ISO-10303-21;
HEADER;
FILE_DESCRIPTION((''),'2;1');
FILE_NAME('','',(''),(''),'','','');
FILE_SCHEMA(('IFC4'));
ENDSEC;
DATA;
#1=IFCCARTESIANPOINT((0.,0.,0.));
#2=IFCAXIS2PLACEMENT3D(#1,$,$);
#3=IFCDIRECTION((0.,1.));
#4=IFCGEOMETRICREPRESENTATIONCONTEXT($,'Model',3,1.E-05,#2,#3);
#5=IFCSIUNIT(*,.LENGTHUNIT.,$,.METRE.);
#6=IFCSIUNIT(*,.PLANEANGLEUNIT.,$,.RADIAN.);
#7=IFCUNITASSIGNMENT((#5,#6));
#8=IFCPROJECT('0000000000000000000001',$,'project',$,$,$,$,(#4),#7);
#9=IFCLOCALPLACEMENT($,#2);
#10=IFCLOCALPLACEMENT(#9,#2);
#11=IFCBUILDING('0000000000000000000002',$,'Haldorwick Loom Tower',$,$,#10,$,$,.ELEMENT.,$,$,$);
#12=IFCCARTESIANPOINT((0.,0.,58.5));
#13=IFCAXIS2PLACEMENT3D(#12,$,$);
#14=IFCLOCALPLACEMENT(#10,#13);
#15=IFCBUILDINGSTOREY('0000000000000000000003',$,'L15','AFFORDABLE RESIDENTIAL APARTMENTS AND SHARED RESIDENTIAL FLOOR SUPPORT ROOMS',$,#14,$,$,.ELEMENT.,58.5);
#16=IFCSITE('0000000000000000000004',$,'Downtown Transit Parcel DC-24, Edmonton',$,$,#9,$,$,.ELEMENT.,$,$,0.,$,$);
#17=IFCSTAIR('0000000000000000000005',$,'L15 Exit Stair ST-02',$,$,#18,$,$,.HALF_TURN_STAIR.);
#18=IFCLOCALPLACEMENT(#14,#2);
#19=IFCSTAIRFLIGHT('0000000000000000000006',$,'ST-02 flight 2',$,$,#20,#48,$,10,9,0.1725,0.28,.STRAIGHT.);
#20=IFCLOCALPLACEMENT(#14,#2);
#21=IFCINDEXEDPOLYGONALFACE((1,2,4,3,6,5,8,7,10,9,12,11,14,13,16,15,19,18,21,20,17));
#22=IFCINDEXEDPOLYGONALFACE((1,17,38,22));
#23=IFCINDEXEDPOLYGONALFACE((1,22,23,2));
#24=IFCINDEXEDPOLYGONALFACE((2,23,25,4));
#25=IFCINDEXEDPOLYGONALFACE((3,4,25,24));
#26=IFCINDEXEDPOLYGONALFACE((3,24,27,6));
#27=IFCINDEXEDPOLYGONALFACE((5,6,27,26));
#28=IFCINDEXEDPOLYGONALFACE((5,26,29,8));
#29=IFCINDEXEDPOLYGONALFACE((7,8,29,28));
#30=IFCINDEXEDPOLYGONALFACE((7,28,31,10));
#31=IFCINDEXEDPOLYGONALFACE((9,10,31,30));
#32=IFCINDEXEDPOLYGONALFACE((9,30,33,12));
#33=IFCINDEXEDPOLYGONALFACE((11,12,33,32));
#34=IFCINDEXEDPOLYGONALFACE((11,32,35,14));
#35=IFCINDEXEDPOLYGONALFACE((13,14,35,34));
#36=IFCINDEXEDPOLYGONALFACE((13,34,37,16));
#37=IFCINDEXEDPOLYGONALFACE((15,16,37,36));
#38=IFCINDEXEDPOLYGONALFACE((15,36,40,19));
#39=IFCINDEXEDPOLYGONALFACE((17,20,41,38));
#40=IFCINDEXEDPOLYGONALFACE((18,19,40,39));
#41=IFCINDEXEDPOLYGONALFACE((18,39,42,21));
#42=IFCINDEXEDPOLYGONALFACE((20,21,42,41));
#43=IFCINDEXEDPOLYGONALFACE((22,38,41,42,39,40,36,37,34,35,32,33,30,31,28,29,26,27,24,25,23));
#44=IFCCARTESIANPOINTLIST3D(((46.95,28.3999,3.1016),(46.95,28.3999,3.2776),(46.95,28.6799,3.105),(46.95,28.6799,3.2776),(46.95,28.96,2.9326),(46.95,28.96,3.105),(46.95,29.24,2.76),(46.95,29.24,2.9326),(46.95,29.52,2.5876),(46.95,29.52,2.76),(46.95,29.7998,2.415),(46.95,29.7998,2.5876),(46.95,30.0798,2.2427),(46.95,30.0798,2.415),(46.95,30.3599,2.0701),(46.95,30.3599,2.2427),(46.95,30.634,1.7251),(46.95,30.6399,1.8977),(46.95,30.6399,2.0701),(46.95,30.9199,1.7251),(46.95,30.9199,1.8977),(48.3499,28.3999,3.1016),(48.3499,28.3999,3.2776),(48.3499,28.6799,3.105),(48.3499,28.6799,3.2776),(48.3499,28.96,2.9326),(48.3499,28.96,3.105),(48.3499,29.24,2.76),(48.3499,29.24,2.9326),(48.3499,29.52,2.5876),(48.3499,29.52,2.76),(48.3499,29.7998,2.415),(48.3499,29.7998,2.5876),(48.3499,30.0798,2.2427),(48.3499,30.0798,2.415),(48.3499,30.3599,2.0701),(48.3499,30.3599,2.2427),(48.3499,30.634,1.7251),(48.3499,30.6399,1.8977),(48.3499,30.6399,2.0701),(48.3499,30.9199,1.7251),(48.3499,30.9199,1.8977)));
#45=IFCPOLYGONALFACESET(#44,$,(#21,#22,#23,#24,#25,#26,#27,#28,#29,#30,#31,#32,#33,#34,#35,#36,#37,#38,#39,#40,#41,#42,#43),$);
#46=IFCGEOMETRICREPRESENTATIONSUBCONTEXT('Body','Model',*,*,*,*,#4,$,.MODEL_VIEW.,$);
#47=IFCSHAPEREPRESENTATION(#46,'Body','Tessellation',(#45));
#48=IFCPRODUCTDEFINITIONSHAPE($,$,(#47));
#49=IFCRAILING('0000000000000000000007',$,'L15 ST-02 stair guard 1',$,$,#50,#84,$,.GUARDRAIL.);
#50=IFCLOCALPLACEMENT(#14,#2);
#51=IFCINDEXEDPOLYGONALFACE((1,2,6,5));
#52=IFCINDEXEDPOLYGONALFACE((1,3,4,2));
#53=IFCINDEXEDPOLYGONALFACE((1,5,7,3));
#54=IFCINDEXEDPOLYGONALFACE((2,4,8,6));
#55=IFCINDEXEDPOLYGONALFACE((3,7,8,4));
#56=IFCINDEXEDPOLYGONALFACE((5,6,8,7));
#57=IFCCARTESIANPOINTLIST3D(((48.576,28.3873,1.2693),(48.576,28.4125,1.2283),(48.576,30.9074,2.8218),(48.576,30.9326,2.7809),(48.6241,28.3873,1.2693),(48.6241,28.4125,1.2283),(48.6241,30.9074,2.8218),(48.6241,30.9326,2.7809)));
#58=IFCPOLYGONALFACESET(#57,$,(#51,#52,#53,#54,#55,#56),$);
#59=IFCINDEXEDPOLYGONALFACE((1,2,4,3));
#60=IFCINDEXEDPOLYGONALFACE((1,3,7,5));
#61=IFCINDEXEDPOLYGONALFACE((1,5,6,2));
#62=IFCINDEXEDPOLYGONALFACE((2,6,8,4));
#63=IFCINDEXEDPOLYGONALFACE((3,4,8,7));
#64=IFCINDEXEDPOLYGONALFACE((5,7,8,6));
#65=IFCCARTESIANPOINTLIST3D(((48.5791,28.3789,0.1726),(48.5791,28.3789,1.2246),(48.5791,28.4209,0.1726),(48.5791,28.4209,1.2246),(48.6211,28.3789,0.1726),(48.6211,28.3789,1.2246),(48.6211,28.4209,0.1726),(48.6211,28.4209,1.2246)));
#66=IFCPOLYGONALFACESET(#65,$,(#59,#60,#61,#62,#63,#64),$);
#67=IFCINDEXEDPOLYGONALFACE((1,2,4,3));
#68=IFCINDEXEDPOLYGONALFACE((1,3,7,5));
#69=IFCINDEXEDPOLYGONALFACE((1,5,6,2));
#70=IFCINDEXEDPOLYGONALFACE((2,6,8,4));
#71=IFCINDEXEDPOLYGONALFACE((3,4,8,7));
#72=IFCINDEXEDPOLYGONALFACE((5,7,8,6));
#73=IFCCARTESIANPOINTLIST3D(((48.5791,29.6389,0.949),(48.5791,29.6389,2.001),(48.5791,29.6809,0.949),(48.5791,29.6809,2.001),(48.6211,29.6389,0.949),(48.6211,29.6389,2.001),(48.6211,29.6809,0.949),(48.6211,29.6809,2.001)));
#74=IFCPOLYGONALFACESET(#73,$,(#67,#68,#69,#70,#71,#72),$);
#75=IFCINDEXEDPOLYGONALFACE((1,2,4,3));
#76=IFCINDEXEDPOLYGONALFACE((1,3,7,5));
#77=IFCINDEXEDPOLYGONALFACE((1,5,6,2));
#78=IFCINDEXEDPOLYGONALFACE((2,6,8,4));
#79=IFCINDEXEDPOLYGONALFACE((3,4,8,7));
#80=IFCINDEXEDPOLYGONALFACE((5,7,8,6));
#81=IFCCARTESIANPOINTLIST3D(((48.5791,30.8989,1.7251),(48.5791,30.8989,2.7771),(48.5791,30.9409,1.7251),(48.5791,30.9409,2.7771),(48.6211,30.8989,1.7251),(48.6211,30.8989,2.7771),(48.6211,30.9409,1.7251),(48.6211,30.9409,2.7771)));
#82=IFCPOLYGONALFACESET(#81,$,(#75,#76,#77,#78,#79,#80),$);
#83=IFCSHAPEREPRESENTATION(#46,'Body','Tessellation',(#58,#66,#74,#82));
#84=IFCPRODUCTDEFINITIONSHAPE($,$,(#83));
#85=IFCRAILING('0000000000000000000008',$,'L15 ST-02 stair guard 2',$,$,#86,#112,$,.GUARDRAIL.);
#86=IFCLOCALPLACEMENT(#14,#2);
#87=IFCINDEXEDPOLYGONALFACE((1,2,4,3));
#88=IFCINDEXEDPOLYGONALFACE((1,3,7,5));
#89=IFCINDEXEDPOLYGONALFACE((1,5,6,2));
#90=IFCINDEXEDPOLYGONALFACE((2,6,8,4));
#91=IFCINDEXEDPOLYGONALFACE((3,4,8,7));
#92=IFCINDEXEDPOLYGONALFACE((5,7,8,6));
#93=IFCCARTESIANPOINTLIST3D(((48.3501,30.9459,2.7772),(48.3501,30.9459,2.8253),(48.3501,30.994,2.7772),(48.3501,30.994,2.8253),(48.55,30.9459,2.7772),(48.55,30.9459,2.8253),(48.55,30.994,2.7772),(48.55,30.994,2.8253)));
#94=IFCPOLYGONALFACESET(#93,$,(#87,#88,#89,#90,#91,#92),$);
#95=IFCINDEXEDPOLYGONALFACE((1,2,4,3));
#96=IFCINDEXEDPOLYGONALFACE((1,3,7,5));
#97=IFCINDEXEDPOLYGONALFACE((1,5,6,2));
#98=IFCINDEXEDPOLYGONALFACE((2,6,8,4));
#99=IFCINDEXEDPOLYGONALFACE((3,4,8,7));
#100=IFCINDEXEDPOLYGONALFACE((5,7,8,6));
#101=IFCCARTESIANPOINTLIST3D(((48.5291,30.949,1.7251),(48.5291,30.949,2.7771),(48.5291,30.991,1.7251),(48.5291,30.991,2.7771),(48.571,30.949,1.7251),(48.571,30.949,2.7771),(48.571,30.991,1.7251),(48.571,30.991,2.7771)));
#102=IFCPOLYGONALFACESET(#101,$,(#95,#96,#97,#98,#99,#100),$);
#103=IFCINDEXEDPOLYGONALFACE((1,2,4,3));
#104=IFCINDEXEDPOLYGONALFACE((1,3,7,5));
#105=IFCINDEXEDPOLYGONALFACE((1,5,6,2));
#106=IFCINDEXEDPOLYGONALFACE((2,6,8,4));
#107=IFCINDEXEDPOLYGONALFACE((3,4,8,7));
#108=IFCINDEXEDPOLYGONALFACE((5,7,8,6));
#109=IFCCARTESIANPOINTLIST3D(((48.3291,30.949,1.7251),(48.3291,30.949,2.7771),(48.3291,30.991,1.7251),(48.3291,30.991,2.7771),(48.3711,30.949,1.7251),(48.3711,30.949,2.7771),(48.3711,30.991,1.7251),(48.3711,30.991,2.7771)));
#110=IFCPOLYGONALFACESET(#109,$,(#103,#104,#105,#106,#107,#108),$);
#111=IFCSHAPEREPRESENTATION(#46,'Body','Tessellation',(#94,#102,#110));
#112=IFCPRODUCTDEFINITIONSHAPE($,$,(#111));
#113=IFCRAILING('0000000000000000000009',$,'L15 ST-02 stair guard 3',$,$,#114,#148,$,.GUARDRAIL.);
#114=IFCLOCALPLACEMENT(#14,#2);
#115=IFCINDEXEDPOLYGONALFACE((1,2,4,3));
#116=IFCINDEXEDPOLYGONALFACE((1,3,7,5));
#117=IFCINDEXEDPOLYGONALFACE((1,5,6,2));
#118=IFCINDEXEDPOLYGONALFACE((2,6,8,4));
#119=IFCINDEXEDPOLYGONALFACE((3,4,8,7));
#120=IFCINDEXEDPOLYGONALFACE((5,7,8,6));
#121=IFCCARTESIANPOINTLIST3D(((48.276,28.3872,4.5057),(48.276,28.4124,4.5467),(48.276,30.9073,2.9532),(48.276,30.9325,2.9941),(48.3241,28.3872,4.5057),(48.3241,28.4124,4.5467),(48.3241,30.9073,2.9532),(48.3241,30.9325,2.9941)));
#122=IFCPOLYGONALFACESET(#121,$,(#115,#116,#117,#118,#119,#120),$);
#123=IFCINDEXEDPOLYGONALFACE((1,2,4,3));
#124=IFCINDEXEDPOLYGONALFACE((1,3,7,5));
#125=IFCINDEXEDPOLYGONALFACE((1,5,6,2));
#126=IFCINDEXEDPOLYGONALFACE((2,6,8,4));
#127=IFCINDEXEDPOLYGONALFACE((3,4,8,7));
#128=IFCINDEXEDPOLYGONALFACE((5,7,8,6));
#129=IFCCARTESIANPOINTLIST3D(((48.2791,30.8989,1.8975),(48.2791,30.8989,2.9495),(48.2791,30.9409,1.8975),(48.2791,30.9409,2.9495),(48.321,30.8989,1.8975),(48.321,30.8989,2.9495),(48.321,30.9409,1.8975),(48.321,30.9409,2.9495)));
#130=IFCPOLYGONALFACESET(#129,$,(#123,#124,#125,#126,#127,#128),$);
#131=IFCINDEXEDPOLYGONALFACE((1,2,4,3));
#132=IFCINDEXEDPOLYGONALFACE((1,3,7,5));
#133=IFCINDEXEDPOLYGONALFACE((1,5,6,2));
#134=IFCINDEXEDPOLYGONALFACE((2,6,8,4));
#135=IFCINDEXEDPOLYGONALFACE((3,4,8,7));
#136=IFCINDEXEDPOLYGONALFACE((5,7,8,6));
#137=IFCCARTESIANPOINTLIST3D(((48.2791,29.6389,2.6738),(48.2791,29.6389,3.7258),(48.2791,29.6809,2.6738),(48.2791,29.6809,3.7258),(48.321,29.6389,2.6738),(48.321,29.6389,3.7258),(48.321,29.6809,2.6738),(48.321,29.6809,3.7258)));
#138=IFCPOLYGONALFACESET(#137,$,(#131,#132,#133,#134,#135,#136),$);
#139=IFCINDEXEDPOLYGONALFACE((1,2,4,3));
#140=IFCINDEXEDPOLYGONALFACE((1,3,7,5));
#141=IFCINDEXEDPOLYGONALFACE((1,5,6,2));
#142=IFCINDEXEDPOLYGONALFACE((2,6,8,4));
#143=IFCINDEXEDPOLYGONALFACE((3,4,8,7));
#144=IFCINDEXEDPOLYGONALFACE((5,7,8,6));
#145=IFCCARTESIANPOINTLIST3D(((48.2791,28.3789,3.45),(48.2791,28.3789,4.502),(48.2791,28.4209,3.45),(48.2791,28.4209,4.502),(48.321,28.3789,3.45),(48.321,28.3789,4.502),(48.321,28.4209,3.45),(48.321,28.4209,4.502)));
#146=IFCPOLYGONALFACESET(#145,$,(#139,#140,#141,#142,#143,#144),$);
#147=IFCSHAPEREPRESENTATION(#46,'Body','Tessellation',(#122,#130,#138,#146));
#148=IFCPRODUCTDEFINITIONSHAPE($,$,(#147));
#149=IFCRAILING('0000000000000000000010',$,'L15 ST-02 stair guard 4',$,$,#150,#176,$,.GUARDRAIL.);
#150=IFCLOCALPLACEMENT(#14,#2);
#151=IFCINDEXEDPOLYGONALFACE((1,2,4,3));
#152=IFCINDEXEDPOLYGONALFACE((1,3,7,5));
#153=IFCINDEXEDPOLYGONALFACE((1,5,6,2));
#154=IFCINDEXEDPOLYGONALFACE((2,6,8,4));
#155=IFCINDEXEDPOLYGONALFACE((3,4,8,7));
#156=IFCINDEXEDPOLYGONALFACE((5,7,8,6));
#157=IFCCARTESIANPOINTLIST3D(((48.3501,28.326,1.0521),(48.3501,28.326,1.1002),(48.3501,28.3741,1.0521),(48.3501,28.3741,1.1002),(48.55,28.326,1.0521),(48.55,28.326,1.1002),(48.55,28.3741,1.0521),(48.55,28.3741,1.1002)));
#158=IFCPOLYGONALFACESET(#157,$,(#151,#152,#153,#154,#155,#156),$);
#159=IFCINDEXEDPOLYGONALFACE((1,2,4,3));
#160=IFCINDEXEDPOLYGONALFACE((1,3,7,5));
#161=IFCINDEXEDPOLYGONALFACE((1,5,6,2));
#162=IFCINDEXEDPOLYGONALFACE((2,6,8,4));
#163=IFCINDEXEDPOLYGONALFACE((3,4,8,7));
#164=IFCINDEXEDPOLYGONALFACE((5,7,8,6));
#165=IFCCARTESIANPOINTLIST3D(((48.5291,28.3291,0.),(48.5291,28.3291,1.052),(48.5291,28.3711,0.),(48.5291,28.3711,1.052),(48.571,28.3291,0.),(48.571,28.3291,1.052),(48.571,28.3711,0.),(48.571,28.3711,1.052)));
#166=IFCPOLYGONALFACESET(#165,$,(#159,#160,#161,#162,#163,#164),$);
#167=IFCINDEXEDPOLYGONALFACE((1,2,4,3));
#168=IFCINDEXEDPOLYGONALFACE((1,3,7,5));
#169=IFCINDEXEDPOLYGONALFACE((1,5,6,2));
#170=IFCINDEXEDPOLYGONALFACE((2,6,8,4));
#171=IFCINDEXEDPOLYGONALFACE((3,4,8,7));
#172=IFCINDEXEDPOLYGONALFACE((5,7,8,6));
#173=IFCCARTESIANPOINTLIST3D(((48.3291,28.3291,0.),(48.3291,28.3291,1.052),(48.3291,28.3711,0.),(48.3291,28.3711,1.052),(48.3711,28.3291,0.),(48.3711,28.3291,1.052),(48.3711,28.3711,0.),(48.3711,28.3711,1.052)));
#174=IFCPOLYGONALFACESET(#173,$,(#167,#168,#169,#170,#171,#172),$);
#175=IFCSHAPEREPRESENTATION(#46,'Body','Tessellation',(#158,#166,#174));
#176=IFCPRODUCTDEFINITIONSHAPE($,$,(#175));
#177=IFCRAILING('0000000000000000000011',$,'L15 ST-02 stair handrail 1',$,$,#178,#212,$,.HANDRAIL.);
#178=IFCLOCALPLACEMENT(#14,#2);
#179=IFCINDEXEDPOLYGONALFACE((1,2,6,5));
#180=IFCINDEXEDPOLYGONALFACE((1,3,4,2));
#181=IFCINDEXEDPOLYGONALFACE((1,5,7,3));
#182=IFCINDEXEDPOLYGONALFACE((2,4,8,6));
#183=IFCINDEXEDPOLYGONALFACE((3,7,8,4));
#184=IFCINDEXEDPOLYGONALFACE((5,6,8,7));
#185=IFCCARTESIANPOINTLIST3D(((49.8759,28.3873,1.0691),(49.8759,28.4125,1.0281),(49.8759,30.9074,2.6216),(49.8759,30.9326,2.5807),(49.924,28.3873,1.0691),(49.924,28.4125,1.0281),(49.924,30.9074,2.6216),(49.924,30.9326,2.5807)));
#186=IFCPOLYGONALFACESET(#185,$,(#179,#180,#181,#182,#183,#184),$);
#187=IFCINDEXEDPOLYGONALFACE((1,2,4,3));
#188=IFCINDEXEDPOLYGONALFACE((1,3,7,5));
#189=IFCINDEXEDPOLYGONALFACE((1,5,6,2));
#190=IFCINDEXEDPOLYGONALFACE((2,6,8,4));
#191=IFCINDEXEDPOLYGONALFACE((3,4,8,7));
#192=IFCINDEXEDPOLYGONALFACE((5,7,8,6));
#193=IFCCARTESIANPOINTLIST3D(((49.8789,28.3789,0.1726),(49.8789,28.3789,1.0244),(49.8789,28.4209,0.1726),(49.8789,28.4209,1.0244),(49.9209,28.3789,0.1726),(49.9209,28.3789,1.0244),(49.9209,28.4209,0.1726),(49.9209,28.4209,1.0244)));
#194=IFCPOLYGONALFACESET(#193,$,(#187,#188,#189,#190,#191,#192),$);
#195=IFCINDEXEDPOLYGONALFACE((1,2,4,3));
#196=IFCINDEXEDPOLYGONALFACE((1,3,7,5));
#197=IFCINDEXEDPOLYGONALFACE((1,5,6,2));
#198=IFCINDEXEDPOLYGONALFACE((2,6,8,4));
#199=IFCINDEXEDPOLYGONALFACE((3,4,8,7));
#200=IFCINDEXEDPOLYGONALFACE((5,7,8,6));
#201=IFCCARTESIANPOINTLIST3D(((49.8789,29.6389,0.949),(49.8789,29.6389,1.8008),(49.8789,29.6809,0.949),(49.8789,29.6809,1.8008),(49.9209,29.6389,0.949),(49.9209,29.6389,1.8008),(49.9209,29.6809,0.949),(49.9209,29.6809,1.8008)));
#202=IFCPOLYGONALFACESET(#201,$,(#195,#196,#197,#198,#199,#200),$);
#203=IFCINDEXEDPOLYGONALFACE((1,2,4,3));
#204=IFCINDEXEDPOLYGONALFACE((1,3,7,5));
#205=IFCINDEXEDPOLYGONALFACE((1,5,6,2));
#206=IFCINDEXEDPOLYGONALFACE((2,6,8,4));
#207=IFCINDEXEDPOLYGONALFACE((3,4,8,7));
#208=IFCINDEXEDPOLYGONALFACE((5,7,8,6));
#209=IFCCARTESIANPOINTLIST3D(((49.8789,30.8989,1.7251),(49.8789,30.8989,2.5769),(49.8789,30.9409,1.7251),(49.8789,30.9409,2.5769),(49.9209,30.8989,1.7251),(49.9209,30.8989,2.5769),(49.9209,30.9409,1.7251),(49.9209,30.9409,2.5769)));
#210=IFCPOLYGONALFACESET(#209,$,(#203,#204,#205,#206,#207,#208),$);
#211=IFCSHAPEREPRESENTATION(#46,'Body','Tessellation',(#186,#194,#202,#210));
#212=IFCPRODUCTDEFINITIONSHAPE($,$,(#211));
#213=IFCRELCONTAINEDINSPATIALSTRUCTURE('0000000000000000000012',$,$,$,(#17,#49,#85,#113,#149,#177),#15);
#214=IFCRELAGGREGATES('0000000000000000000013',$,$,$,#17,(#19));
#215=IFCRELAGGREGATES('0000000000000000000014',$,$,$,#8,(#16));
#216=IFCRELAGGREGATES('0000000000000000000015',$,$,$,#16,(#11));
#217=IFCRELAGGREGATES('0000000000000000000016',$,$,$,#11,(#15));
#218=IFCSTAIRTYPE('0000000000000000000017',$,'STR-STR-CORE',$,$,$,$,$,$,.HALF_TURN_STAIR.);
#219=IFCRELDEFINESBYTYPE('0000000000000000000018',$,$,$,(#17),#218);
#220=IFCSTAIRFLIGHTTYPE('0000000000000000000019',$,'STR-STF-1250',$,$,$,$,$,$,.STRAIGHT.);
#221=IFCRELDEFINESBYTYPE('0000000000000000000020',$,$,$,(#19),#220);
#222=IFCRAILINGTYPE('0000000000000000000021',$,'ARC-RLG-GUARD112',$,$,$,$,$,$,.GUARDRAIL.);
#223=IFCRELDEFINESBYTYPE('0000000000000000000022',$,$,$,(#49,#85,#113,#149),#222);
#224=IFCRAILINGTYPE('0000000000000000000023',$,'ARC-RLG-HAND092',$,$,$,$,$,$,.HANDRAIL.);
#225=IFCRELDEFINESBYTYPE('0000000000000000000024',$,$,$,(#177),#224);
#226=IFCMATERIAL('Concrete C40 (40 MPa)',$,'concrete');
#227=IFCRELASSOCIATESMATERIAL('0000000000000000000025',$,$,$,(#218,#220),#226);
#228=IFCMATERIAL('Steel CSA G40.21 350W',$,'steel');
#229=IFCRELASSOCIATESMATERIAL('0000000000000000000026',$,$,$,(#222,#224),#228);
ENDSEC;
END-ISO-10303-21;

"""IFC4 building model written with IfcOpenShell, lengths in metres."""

from ifc_helpers import new_model, si_unit, direction, frame, origin, origin_2d, place, context, subcontext, project, spatial, polyline, rectangle, outline, extrude, material, type_object, element, aggregate, save


model = new_model("IFC4")

# Units and contexts
model_context = context("Model", 3, precision=1e-05, world=origin(), true_north=direction((0.0, 1.0)))
body_context = subcontext(model_context, "Body", "Model", "MODEL_VIEW")
ifc_project = project(units=[si_unit("LENGTHUNIT", "METRE"), si_unit("PLANEANGLEUNIT", "RADIAN")], contexts=[model_context])

# Site, building, storey
site_placement = place(None, origin())
site = spatial("IfcSite", under=ifc_project, at=site_placement, Name="Downtown Transit Parcel DC-24, Edmonton", CompositionType="ELEMENT", RefElevation=0.0)
building_placement = place(site_placement, origin())
building = spatial("IfcBuilding", under=site, at=building_placement, Name="Haldorwick Loom Tower", CompositionType="ELEMENT")
storey_placement = place(building_placement, frame((0.0, 0.0, 58.5)))
storey = spatial("IfcBuildingStorey", under=building, at=storey_placement, Name="L15", Description="AFFORDABLE RESIDENTIAL APARTMENTS AND SHARED RESIDENTIAL FLOOR SUPPORT ROOMS", CompositionType="ELEMENT", Elevation=58.5)

# Shared definitions
ifc_material_1 = material(Name="Steel CSA G40.21 350W", Category="steel")

# Stair, stair flight
ifc_material_2 = material(Name="Concrete C40 (40 MPa)", Category="concrete")
stair_type = type_object("IfcStairType", Name="STR-STR-CORE", PredefinedType="HALF_TURN_STAIR", material=ifc_material_2)
stair_placement = place(storey_placement, origin())
stair = element("IfcStair", 1, at=stair_placement, inside=storey, type_object=stair_type, Name="L15 Exit Stair ST-02", PredefinedType="HALF_TURN_STAIR")
stair_flight_type = type_object("IfcStairFlightType", Name="STR-STF-1250", PredefinedType="STRAIGHT", material=ifc_material_2)
stair_flight_1_placement = place(storey_placement, frame((47.6499, 30.9199, 1.7251), z_axis=(0.0, 0.0, 1.0), x_axis=(0.0, -1.0, 0.0)))
stair_flight_1 = element("IfcStairFlight", 2, at=stair_flight_1_placement, type_object=stair_flight_type, Name="ST-02 flight 2", NumberOfRisers=10, NumberOfTreads=9, PredefinedType="STRAIGHT", RiserHeight=0.1725, TreadLength=0.28, context=body_context, shape_type="SweptSolid", body=[
    extrude(outline(polyline([(0.0, 0.0), (0.0, 0.1726), (0.28, 0.1726), (0.28, 0.345), (0.5601, 0.345), (0.5601, 0.5176), (0.8401, 0.5176), (0.8401, 0.6899), (1.1201, 0.6899), (1.1201, 0.8625), (1.3999, 0.8625), (1.3999, 1.0349), (1.6799, 1.0349), (1.6799, 1.2075), (1.96, 1.2075), (1.96, 1.3799), (2.24, 1.3799), (2.24, 1.5525), (2.52, 1.5525), (2.52, 1.7251), (2.52, 1.3765), (0.2859, 0.0), (0.0, 0.0)])), frame((0.0, 0.7, 0.0), z_axis=(0.0, -1.0, 0.0), x_axis=(1.0, 0.0, 0.0)), (0.0, 0.0, 1.0), 1.3999),
])
aggregate(stair, [stair_flight_1])

# Railings
railing_type_1 = type_object("IfcRailingType", Name="ARC-RLG-GUARD112", PredefinedType="GUARDRAIL", material=ifc_material_1)
railing_1_placement = place(storey_placement, frame((48.6001, 28.3999, 0.1726)))
element("IfcRailing", 3, at=railing_1_placement, inside=storey, type_object=railing_type_1, Name="L15 ST-02 stair guard 1", PredefinedType="GUARDRAIL", context=body_context, shape_type="SweptSolid", body=[
    extrude(rectangle(XDim=0.0481, YDim=0.0481, at=origin_2d()), frame((0.0, 0.0, 1.0762), z_axis=(0.0, 0.8514, 0.524516), x_axis=(-1.0, 0.0, 0.0)), (0.0, 0.0, 1.0), 2.96),
    extrude(rectangle(XDim=0.042, YDim=0.042, at=origin_2d()), origin(), (0.0, 0.0, 1.0), 1.052),
    extrude(rectangle(XDim=0.042, YDim=0.042, at=origin_2d()), frame((0.0, 1.26, 0.7764)), (0.0, 0.0, 1.0), 1.052),
    extrude(rectangle(XDim=0.042, YDim=0.042, at=origin_2d()), frame((0.0, 2.52, 1.5525)), (0.0, 0.0, 1.0), 1.052),
])
railing_2_placement = place(storey_placement, frame((48.55, 30.97, 1.7251)))
element("IfcRailing", 4, at=railing_2_placement, inside=storey, type_object=railing_type_1, Name="L15 ST-02 stair guard 2", PredefinedType="GUARDRAIL", context=body_context, shape_type="SweptSolid", body=[
    extrude(rectangle(XDim=0.0481, YDim=0.0481, at=origin_2d()), frame((0.0, 0.0, 1.0762), z_axis=(-1.0, 0.0, 0.0), x_axis=(0.0, -1.0, 0.0)), (0.0, 0.0, 1.0), 0.2),
    extrude(rectangle(XDim=0.042, YDim=0.042, at=origin_2d()), origin(), (0.0, 0.0, 1.0), 1.052),
    extrude(rectangle(XDim=0.042, YDim=0.042, at=origin_2d()), frame((-0.2, 0.0, 0.0)), (0.0, 0.0, 1.0), 1.052),
])
railing_3_placement = place(storey_placement, frame((48.3, 30.9199, 1.8975)))
element("IfcRailing", 5, at=railing_3_placement, inside=storey, type_object=railing_type_1, Name="L15 ST-02 stair guard 3", PredefinedType="GUARDRAIL", context=body_context, shape_type="SweptSolid", body=[
    extrude(rectangle(XDim=0.0481, YDim=0.0481, at=origin_2d()), frame((0.0, 0.0, 1.0762), z_axis=(0.0, -0.8514, 0.524516), x_axis=(1.0, 0.0, 0.0)), (0.0, 0.0, 1.0), 2.96),
    extrude(rectangle(XDim=0.042, YDim=0.042, at=origin_2d()), origin(), (0.0, 0.0, 1.0), 1.052),
    extrude(rectangle(XDim=0.042, YDim=0.042, at=origin_2d()), frame((0.0, -1.26, 0.7764)), (0.0, 0.0, 1.0), 1.052),
    extrude(rectangle(XDim=0.042, YDim=0.042, at=origin_2d()), frame((0.0, -2.52, 1.5525)), (0.0, 0.0, 1.0), 1.052),
])
railing_4_placement = place(storey_placement, frame((48.55, 28.3501, 0.0)))
element("IfcRailing", 6, at=railing_4_placement, inside=storey, type_object=railing_type_1, Name="L15 ST-02 stair guard 4", PredefinedType="GUARDRAIL", context=body_context, shape_type="SweptSolid", body=[
    extrude(rectangle(XDim=0.0481, YDim=0.0481, at=origin_2d()), frame((0.0, 0.0, 1.0762), z_axis=(-1.0, 0.0, 0.0), x_axis=(0.0, -1.0, 0.0)), (0.0, 0.0, 1.0), 0.2),
    extrude(rectangle(XDim=0.042, YDim=0.042, at=origin_2d()), origin(), (0.0, 0.0, 1.0), 1.052),
    extrude(rectangle(XDim=0.042, YDim=0.042, at=origin_2d()), frame((-0.2, 0.0, 0.0)), (0.0, 0.0, 1.0), 1.052),
])
railing_type_2 = type_object("IfcRailingType", Name="ARC-RLG-HAND092", PredefinedType="HANDRAIL", material=ifc_material_1)
railing_5_placement = place(storey_placement, frame((49.8999, 28.3999, 0.1726)))
element("IfcRailing", 7, at=railing_5_placement, inside=storey, type_object=railing_type_2, Name="L15 ST-02 stair handrail 1", PredefinedType="HANDRAIL", context=body_context, shape_type="SweptSolid", body=[
    extrude(rectangle(XDim=0.0481, YDim=0.0481, at=origin_2d()), frame((0.0, 0.0, 0.876), z_axis=(0.0, 0.8514, 0.524516), x_axis=(-1.0, 0.0, 0.0)), (0.0, 0.0, 1.0), 2.96),
    extrude(rectangle(XDim=0.042, YDim=0.042, at=origin_2d()), origin(), (0.0, 0.0, 1.0), 0.8518),
    extrude(rectangle(XDim=0.042, YDim=0.042, at=origin_2d()), frame((0.0, 1.26, 0.7764)), (0.0, 0.0, 1.0), 0.8518),
    extrude(rectangle(XDim=0.042, YDim=0.042, at=origin_2d()), frame((0.0, 2.52, 1.5525)), (0.0, 0.0, 1.0), 0.8518),
])

save(model, "model.ifc")
